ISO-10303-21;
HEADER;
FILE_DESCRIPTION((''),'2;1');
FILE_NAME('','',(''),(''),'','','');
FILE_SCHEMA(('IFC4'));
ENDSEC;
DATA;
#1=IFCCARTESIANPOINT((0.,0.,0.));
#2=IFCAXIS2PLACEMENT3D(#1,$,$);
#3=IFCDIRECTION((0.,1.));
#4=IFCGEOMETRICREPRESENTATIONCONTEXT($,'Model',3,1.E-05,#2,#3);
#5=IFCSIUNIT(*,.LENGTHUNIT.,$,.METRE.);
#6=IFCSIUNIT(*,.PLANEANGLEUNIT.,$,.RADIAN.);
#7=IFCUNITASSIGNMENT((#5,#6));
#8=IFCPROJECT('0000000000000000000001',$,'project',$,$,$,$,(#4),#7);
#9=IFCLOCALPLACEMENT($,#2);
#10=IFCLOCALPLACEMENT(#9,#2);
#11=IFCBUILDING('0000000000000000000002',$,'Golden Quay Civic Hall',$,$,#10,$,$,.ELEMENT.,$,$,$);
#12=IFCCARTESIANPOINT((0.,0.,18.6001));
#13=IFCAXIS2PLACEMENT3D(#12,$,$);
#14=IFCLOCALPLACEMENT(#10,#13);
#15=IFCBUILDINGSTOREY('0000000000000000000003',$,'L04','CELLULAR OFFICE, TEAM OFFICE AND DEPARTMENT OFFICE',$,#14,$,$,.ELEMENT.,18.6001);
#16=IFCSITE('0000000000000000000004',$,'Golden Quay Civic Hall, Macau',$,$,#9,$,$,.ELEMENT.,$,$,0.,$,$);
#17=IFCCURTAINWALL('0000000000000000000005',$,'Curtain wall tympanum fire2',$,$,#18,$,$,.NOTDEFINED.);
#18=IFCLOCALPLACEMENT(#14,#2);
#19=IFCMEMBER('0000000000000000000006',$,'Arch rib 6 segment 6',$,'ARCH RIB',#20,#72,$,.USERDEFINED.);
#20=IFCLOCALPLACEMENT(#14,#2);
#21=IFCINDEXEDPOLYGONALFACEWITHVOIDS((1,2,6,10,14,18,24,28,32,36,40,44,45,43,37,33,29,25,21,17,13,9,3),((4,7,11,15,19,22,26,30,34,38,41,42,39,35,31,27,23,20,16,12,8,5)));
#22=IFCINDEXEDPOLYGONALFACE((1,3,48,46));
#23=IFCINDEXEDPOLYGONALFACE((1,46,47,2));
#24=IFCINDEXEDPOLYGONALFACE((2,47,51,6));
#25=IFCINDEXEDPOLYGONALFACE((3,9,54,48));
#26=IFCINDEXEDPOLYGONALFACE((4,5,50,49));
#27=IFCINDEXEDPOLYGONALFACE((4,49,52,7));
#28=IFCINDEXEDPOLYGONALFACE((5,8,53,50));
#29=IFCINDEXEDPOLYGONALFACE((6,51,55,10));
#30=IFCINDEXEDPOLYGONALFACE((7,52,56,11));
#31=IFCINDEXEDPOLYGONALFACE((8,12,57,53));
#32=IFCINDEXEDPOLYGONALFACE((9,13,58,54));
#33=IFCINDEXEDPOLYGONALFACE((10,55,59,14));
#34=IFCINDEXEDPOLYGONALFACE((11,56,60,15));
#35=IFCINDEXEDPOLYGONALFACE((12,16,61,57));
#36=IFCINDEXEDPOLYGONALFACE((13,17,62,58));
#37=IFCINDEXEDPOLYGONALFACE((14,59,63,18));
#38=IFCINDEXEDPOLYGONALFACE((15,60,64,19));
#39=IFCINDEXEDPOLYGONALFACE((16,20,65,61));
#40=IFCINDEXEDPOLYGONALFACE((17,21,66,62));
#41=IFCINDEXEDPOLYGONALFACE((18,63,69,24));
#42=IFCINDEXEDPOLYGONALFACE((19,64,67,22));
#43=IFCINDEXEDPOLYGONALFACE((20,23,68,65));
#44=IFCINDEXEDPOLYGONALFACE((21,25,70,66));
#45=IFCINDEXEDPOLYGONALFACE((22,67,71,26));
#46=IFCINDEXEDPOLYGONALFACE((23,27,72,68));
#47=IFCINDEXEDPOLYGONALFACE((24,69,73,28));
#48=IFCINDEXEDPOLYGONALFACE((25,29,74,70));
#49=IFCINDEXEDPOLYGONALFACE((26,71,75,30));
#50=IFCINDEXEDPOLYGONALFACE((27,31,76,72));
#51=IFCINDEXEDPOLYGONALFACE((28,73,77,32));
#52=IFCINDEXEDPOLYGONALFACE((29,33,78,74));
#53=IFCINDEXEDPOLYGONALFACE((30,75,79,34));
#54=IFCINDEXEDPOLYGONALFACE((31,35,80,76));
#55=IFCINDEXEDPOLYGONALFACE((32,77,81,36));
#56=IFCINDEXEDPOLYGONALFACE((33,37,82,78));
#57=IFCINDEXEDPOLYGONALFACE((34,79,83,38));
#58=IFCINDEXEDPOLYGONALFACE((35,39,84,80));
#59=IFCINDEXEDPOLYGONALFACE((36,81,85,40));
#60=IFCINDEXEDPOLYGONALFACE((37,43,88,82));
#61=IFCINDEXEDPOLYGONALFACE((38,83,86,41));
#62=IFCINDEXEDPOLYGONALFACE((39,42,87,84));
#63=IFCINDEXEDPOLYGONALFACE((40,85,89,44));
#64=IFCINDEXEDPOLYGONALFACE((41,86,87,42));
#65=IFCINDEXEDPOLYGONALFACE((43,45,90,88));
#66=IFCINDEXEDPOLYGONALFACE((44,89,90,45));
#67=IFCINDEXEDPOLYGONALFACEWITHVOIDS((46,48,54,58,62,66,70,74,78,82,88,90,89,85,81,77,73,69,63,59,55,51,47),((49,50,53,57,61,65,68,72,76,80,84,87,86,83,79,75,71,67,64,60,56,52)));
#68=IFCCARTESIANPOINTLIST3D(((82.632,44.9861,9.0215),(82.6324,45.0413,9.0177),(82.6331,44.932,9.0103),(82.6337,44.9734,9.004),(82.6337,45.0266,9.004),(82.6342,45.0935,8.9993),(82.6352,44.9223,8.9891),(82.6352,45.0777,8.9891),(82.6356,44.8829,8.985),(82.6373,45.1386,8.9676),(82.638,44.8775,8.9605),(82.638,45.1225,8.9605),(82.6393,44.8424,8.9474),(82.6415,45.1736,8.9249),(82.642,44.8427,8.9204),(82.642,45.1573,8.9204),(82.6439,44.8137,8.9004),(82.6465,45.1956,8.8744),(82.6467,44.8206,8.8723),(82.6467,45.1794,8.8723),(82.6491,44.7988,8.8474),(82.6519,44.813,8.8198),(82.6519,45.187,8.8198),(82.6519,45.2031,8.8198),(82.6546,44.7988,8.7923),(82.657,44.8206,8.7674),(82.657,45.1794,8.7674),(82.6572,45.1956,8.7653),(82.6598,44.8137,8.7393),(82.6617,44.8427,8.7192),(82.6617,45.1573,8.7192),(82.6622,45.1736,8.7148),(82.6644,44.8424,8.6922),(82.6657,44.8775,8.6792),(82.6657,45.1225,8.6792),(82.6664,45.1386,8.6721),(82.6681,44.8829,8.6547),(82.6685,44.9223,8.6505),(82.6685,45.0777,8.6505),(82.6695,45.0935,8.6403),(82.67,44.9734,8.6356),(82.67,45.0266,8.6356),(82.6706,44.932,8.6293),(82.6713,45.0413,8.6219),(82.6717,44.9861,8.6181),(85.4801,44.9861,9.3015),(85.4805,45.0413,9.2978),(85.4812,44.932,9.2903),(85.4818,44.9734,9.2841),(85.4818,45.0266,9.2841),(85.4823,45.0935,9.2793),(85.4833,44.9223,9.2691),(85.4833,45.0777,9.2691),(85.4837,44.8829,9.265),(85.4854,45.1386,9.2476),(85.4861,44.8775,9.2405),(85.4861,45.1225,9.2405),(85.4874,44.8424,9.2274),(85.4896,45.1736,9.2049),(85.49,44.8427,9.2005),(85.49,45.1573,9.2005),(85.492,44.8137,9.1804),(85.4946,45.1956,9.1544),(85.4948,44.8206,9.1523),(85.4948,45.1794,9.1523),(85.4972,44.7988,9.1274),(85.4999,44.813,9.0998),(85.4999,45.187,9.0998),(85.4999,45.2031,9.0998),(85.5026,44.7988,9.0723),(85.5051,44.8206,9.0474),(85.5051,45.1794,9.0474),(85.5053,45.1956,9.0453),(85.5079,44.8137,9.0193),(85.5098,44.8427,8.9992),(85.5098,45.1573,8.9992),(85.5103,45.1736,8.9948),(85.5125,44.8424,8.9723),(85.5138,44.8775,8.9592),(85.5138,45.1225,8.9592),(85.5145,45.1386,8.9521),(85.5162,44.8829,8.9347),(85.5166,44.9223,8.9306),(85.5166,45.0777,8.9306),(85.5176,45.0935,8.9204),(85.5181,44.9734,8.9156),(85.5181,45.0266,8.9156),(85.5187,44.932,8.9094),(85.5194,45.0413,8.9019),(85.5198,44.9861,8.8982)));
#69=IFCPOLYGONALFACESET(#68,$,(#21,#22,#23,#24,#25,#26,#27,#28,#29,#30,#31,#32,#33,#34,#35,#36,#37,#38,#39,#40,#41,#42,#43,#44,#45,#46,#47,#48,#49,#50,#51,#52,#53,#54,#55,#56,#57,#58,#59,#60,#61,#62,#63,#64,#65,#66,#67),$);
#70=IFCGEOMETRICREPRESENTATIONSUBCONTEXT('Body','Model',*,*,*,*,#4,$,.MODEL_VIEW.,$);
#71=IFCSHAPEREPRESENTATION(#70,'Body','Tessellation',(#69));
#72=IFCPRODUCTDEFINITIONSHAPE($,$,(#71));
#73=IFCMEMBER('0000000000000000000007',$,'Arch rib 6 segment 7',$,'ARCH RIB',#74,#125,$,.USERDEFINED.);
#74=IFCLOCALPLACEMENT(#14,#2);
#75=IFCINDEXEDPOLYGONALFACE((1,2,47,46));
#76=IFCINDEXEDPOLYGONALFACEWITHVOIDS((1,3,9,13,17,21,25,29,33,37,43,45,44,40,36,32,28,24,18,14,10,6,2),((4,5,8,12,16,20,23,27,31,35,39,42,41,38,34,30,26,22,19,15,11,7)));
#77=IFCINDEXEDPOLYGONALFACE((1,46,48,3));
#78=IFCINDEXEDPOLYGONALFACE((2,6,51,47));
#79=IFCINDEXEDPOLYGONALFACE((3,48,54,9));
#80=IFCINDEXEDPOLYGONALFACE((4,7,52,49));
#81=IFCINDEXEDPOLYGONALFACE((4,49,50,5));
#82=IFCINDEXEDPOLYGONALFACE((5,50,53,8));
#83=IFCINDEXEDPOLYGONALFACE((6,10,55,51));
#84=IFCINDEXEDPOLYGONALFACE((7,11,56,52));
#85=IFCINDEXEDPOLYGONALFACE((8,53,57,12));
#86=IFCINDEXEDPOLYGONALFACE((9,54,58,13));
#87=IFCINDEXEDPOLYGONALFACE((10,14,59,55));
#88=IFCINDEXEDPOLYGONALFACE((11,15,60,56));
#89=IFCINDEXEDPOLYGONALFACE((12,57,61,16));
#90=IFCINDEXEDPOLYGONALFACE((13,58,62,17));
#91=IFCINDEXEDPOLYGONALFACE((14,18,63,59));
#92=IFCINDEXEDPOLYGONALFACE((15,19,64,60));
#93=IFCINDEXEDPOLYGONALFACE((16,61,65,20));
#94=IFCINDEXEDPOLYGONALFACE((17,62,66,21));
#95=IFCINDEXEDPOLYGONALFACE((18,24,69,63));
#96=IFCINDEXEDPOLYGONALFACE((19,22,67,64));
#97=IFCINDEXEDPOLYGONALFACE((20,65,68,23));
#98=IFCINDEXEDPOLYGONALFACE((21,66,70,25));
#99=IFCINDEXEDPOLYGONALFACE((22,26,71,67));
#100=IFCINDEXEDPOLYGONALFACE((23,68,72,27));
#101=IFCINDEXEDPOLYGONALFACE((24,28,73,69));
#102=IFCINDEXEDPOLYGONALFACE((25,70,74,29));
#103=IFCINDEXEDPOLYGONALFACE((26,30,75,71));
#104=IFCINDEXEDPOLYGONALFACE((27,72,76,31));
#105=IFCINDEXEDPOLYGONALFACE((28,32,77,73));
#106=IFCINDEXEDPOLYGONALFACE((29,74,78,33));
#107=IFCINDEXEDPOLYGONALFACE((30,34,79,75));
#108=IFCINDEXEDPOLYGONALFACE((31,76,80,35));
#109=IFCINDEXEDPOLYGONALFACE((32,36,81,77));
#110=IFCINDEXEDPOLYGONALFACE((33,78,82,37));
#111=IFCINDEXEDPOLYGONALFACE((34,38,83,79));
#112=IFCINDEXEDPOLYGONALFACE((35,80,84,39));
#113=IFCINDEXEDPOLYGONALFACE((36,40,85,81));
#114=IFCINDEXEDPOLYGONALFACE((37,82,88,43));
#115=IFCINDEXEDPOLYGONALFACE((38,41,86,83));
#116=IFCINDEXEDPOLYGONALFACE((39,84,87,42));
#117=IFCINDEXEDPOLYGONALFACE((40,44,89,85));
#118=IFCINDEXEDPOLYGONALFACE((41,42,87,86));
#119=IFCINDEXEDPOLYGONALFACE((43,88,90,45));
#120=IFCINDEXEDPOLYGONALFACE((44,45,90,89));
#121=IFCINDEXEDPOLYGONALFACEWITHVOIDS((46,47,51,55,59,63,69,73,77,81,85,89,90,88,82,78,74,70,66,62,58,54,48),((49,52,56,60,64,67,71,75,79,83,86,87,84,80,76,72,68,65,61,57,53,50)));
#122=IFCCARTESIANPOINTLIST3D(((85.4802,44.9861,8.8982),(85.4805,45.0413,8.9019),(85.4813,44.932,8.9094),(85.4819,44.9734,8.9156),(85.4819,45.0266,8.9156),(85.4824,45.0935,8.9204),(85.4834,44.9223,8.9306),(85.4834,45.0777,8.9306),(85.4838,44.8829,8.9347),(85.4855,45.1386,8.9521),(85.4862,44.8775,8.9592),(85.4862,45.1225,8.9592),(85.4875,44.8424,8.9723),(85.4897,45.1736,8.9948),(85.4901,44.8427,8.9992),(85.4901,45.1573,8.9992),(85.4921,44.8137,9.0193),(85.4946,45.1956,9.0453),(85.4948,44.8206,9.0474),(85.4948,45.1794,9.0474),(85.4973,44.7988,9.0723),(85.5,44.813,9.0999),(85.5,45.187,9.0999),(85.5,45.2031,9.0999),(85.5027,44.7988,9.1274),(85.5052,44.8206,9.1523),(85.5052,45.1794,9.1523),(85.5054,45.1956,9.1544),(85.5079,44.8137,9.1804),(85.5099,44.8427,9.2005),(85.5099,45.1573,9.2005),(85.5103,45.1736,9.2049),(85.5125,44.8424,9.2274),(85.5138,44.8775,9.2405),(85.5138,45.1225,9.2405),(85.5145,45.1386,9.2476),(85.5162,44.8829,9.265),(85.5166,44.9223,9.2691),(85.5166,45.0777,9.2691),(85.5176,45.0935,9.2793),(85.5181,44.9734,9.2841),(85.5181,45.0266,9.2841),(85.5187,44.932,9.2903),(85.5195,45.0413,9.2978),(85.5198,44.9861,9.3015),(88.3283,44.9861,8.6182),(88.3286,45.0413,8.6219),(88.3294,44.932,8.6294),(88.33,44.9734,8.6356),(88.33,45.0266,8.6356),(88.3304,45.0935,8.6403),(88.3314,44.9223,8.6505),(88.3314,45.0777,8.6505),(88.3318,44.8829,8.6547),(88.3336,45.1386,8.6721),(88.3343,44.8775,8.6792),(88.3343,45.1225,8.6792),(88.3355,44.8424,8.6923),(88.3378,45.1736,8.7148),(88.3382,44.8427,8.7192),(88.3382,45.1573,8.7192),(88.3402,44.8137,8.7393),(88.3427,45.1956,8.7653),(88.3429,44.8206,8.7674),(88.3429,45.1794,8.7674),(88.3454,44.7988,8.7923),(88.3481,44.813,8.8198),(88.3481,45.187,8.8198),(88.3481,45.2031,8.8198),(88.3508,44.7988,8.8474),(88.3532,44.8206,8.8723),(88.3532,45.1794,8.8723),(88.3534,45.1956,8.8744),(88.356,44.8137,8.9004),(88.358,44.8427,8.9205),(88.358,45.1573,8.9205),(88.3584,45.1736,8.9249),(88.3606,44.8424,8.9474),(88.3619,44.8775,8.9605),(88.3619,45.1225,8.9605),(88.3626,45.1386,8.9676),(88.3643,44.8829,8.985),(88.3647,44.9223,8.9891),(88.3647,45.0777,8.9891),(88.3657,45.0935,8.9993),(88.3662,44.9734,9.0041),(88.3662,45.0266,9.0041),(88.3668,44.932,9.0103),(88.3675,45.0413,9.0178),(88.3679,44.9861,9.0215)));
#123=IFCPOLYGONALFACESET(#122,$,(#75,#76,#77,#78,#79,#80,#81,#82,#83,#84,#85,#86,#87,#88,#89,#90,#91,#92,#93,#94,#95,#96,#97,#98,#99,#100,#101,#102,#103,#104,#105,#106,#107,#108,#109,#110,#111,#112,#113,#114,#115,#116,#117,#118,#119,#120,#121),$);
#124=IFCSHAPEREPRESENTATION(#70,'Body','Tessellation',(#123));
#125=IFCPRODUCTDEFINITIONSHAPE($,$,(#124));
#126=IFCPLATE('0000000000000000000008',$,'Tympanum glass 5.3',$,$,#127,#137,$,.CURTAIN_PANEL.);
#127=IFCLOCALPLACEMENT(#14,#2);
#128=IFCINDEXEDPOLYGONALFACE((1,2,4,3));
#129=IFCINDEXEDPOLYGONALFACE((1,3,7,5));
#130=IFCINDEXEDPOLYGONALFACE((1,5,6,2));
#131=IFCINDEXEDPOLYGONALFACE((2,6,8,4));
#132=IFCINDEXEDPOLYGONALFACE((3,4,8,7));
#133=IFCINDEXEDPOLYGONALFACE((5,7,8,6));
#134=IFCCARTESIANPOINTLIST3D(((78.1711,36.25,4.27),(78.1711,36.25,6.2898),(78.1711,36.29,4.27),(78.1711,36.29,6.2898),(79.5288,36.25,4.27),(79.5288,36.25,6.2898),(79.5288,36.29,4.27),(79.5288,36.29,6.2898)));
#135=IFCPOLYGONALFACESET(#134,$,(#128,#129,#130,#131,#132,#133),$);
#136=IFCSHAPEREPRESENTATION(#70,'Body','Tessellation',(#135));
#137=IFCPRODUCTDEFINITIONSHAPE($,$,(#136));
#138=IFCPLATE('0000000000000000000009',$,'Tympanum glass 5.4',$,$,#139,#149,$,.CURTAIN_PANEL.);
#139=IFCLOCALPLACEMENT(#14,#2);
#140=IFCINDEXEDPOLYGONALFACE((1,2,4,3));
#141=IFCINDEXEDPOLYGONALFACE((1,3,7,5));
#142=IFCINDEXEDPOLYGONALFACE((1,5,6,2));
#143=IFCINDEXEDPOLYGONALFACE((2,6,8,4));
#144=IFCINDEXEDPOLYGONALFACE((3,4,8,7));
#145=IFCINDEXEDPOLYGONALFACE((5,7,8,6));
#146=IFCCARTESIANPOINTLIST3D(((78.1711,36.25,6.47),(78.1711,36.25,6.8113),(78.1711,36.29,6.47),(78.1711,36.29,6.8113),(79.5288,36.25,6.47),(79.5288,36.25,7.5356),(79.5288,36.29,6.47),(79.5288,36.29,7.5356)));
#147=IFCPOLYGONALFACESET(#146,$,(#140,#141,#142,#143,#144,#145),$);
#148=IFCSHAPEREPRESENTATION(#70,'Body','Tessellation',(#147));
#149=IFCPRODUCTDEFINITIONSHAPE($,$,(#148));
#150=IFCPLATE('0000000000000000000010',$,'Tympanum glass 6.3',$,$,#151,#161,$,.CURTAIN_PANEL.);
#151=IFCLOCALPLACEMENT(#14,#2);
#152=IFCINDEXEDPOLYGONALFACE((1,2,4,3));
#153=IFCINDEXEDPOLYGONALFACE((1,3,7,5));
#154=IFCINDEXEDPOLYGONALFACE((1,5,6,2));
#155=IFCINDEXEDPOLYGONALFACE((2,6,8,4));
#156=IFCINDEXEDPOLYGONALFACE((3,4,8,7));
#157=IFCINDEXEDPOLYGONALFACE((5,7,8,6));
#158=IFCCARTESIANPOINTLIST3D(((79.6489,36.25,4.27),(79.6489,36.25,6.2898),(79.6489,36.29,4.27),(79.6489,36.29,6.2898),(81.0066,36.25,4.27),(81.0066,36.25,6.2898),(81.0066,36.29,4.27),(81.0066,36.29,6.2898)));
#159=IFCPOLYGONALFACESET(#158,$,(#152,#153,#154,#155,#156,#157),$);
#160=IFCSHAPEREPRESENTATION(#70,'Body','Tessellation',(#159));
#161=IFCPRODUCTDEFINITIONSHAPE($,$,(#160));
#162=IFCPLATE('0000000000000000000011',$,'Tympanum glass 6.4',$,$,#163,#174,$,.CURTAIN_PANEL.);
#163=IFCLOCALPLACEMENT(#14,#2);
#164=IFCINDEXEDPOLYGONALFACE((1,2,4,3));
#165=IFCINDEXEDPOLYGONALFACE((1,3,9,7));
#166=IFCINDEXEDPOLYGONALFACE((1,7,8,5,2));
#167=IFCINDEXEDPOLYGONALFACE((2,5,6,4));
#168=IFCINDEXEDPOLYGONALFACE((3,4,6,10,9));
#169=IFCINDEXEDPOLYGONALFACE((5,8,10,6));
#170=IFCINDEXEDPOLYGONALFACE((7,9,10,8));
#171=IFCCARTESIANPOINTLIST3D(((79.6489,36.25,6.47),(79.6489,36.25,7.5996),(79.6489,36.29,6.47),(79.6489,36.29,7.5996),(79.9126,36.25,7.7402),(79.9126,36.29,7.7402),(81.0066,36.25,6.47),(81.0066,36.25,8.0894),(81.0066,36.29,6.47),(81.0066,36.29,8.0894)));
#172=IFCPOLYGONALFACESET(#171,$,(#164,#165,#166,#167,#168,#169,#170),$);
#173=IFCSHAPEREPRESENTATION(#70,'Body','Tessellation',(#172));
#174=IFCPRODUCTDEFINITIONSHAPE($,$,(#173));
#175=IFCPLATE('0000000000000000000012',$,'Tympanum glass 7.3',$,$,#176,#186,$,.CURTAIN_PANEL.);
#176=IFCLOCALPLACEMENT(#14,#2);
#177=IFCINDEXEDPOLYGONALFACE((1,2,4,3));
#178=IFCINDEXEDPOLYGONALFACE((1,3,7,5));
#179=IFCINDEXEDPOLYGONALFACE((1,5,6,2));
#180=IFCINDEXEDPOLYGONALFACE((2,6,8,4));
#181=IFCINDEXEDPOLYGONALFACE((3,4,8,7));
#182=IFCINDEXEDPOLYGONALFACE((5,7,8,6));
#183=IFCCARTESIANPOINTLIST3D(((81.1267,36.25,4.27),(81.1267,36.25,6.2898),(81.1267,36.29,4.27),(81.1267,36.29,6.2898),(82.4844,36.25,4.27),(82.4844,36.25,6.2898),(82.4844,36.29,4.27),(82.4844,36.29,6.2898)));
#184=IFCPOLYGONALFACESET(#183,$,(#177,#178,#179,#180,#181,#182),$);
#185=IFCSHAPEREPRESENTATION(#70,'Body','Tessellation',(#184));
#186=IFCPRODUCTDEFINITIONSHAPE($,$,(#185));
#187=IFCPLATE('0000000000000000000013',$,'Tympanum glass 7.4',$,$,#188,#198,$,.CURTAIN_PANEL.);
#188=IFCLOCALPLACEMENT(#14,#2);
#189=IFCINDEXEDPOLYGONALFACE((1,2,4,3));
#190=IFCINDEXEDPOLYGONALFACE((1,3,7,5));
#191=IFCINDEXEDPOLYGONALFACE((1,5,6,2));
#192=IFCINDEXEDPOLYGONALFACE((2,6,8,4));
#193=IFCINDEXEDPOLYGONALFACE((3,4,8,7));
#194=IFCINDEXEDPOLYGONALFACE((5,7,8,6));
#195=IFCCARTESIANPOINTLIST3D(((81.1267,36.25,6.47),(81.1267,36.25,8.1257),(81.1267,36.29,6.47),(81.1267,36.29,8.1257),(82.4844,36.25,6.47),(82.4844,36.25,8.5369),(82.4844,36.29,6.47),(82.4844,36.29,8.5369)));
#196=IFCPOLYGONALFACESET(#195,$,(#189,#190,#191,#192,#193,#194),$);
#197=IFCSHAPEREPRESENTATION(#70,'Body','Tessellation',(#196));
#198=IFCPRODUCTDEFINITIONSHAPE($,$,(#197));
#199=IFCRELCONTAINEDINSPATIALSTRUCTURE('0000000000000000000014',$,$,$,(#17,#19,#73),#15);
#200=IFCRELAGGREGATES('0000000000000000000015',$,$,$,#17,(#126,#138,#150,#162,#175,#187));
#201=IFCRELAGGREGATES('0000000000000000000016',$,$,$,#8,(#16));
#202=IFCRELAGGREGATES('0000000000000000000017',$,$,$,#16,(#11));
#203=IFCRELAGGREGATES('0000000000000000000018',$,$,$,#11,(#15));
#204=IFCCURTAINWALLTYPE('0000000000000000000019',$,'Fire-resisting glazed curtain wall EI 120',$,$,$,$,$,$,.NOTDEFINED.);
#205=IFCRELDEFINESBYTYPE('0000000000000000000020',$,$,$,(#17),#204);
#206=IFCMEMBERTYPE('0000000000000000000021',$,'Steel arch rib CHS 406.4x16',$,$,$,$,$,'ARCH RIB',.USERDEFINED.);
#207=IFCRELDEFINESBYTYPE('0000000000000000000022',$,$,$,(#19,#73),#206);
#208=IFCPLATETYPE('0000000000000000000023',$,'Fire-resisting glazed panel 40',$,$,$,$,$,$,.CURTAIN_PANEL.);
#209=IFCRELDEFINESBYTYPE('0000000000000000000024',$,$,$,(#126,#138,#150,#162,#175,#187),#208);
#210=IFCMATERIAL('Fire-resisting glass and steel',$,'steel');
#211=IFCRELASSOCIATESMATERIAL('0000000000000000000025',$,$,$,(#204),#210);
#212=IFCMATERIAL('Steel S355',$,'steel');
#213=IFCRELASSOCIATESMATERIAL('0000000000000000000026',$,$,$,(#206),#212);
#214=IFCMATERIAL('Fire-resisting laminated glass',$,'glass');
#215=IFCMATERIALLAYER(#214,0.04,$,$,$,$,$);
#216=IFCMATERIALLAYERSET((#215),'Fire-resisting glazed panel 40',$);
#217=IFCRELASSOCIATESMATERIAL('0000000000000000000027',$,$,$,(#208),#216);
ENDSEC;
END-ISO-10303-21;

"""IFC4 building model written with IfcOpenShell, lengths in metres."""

from ifc_helpers import new_model, si_unit, direction, frame, origin, origin_2d, place, context, subcontext, project, spatial, polyline, hollow_circle, outline, extrude, material, layer, layer_set, material_profile, profile_set, type_object, element, aggregate, save


model = new_model("IFC4")

# Units and contexts
model_context = context("Model", 3, precision=1e-05, world=origin(), true_north=direction((0.0, 1.0)))
body_context = subcontext(model_context, "Body", "Model", "MODEL_VIEW")
ifc_project = project(units=[si_unit("LENGTHUNIT", "METRE"), si_unit("PLANEANGLEUNIT", "RADIAN")], contexts=[model_context])

# Site, building, storey
site_placement = place(None, origin())
site = spatial("IfcSite", under=ifc_project, at=site_placement, Name="Golden Quay Civic Hall, Macau", CompositionType="ELEMENT", RefElevation=0.0)
building_placement = place(site_placement, origin())
building = spatial("IfcBuilding", under=site, at=building_placement, Name="Golden Quay Civic Hall", CompositionType="ELEMENT")
storey_placement = place(building_placement, frame((0.0, 0.0, 18.6001)))
storey = spatial("IfcBuildingStorey", under=building, at=storey_placement, Name="L04", Description="CELLULAR OFFICE, TEAM OFFICE AND DEPARTMENT OFFICE", CompositionType="ELEMENT", Elevation=18.6001)

# Curtain wall
ifc_material_1 = material(Name="Fire-resisting glass and steel", Category="steel")
curtain_wall_type = type_object("IfcCurtainWallType", Name="Fire-resisting glazed curtain wall EI 120", PredefinedType="NOTDEFINED", material=ifc_material_1)
curtain_wall_placement = place(storey_placement, origin())
curtain_wall = element("IfcCurtainWall", 1, at=curtain_wall_placement, inside=storey, type_object=curtain_wall_type, Name="Curtain wall tympanum fire2", PredefinedType="NOTDEFINED")

# Members
ifc_material_2 = material(Name="Steel S355", Category="steel")
ifc_material_profile_1 = material_profile(ifc_material_2, hollow_circle(Radius=0.2031, WallThickness=0.0161, at=origin_2d()), Name="CHS 406.4x16")
ifc_profile_set_1 = profile_set([ifc_material_profile_1], Name="Steel S355")
member_type_1 = type_object("IfcMemberType", Name="Steel arch rib CHS 406.4x16", ElementType="ARCH RIB", PredefinedType="USERDEFINED", material=ifc_profile_set_1)
for number, where, z_axis, x_axis, name in (
    (2, (82.6519, 45.0, 8.8198), (0.995201, 0.0, 0.097848), (0.0, 1.0, 0.0), "Arch rib 6 segment 6"),
    (3, (85.5, 45.0, 9.0999), (0.995201, 0.0, -0.097848), (0.0, 1.0, 0.0), "Arch rib 6 segment 7"),
):
    element("IfcMember", number, at=place(storey_placement, frame(where, z_axis=z_axis, x_axis=x_axis)), inside=storey, type_object=member_type_1, Name=name, ObjectType="ARCH RIB", PredefinedType="USERDEFINED", context=body_context, shape_type="SweptSolid", body=[
        extrude(hollow_circle(Radius=0.2031, WallThickness=0.0161, at=origin_2d()), origin(), (0.0, 0.0, 1.0), 2.8618),
    ])

# Plates
ifc_material_3 = material(Name="Fire-resisting laminated glass", Category="glass")
ifc_layer_1 = layer(ifc_material_3, 0.04)
ifc_layer_set_1 = layer_set([ifc_layer_1], Name="Fire-resisting glazed panel 40")
plate_type_1 = type_object("IfcPlateType", Name="Fire-resisting glazed panel 40", PredefinedType="CURTAIN_PANEL", material=ifc_layer_set_1)
plate_1_placement = place(storey_placement, frame((79.5288, 36.29, 4.27), z_axis=(0.0, 1.0, 0.0), x_axis=(-1.0, 0.0, 0.0)))
plate_1 = element("IfcPlate", 4, at=plate_1_placement, type_object=plate_type_1, Name="Tympanum glass 5.3", PredefinedType="CURTAIN_PANEL", context=body_context, shape_type="SweptSolid", body=[
    extrude(outline(polyline([(0.0, 0.0), (1.3577, 0.0), (1.3577, 2.0198), (0.0, 2.0198), (0.0, 0.0)])), origin(), (0.0, 0.0, -1.0), 0.04),
])
plate_2_placement = place(storey_placement, frame((79.5288, 36.29, 6.47), z_axis=(0.0, 1.0, 0.0), x_axis=(-1.0, 0.0, 0.0)))
plate_2 = element("IfcPlate", 5, at=plate_2_placement, type_object=plate_type_1, Name="Tympanum glass 5.4", PredefinedType="CURTAIN_PANEL", context=body_context, shape_type="SweptSolid", body=[
    extrude(outline(polyline([(0.0, 0.0), (1.3577, 0.0), (1.3577, 0.3413), (0.0, 1.0657), (0.0, 0.0)])), origin(), (0.0, 0.0, -1.0), 0.04),
])
plate_3_placement = place(storey_placement, frame((81.0066, 36.29, 4.27), z_axis=(0.0, 1.0, 0.0), x_axis=(-1.0, 0.0, 0.0)))
plate_3 = element("IfcPlate", 6, at=plate_3_placement, type_object=plate_type_1, Name="Tympanum glass 6.3", PredefinedType="CURTAIN_PANEL", context=body_context, shape_type="SweptSolid", body=[
    extrude(outline(polyline([(0.0, 0.0), (1.3577, 0.0), (1.3577, 2.0198), (0.0, 2.0198), (0.0, 0.0)])), origin(), (0.0, 0.0, -1.0), 0.04),
])
plate_4_placement = place(storey_placement, frame((81.0066, 36.29, 6.47), z_axis=(0.0, 1.0, 0.0), x_axis=(-1.0, 0.0, 0.0)))
plate_4 = element("IfcPlate", 7, at=plate_4_placement, type_object=plate_type_1, Name="Tympanum glass 6.4", PredefinedType="CURTAIN_PANEL", context=body_context, shape_type="SweptSolid", body=[
    extrude(outline(polyline([(0.0, 0.0), (1.3577, 0.0), (1.3577, 1.1296), (1.094, 1.2703), (0.0, 1.6194), (0.0, 0.0)])), origin(), (0.0, 0.0, -1.0), 0.04),
])
plate_5_placement = place(storey_placement, frame((82.4844, 36.29, 4.27), z_axis=(0.0, 1.0, 0.0), x_axis=(-1.0, 0.0, 0.0)))
plate_5 = element("IfcPlate", 8, at=plate_5_placement, type_object=plate_type_1, Name="Tympanum glass 7.3", PredefinedType="CURTAIN_PANEL", context=body_context, shape_type="SweptSolid", body=[
    extrude(outline(polyline([(0.0, 0.0), (1.3577, 0.0), (1.3577, 2.0198), (0.0, 2.0198), (0.0, 0.0)])), origin(), (0.0, 0.0, -1.0), 0.04),
])
plate_6_placement = place(storey_placement, frame((82.4844, 36.29, 6.47), z_axis=(0.0, 1.0, 0.0), x_axis=(-1.0, 0.0, 0.0)))
plate_6 = element("IfcPlate", 9, at=plate_6_placement, type_object=plate_type_1, Name="Tympanum glass 7.4", PredefinedType="CURTAIN_PANEL", context=body_context, shape_type="SweptSolid", body=[
    extrude(outline(polyline([(0.0, 0.0), (1.3577, 0.0), (1.3577, 1.6558), (0.0, 2.0669), (0.0, 0.0)])), origin(), (0.0, 0.0, -1.0), 0.04),
])
aggregate(curtain_wall, [plate_1, plate_2, plate_3, plate_4, plate_5, plate_6])

save(model, "model.ifc")
